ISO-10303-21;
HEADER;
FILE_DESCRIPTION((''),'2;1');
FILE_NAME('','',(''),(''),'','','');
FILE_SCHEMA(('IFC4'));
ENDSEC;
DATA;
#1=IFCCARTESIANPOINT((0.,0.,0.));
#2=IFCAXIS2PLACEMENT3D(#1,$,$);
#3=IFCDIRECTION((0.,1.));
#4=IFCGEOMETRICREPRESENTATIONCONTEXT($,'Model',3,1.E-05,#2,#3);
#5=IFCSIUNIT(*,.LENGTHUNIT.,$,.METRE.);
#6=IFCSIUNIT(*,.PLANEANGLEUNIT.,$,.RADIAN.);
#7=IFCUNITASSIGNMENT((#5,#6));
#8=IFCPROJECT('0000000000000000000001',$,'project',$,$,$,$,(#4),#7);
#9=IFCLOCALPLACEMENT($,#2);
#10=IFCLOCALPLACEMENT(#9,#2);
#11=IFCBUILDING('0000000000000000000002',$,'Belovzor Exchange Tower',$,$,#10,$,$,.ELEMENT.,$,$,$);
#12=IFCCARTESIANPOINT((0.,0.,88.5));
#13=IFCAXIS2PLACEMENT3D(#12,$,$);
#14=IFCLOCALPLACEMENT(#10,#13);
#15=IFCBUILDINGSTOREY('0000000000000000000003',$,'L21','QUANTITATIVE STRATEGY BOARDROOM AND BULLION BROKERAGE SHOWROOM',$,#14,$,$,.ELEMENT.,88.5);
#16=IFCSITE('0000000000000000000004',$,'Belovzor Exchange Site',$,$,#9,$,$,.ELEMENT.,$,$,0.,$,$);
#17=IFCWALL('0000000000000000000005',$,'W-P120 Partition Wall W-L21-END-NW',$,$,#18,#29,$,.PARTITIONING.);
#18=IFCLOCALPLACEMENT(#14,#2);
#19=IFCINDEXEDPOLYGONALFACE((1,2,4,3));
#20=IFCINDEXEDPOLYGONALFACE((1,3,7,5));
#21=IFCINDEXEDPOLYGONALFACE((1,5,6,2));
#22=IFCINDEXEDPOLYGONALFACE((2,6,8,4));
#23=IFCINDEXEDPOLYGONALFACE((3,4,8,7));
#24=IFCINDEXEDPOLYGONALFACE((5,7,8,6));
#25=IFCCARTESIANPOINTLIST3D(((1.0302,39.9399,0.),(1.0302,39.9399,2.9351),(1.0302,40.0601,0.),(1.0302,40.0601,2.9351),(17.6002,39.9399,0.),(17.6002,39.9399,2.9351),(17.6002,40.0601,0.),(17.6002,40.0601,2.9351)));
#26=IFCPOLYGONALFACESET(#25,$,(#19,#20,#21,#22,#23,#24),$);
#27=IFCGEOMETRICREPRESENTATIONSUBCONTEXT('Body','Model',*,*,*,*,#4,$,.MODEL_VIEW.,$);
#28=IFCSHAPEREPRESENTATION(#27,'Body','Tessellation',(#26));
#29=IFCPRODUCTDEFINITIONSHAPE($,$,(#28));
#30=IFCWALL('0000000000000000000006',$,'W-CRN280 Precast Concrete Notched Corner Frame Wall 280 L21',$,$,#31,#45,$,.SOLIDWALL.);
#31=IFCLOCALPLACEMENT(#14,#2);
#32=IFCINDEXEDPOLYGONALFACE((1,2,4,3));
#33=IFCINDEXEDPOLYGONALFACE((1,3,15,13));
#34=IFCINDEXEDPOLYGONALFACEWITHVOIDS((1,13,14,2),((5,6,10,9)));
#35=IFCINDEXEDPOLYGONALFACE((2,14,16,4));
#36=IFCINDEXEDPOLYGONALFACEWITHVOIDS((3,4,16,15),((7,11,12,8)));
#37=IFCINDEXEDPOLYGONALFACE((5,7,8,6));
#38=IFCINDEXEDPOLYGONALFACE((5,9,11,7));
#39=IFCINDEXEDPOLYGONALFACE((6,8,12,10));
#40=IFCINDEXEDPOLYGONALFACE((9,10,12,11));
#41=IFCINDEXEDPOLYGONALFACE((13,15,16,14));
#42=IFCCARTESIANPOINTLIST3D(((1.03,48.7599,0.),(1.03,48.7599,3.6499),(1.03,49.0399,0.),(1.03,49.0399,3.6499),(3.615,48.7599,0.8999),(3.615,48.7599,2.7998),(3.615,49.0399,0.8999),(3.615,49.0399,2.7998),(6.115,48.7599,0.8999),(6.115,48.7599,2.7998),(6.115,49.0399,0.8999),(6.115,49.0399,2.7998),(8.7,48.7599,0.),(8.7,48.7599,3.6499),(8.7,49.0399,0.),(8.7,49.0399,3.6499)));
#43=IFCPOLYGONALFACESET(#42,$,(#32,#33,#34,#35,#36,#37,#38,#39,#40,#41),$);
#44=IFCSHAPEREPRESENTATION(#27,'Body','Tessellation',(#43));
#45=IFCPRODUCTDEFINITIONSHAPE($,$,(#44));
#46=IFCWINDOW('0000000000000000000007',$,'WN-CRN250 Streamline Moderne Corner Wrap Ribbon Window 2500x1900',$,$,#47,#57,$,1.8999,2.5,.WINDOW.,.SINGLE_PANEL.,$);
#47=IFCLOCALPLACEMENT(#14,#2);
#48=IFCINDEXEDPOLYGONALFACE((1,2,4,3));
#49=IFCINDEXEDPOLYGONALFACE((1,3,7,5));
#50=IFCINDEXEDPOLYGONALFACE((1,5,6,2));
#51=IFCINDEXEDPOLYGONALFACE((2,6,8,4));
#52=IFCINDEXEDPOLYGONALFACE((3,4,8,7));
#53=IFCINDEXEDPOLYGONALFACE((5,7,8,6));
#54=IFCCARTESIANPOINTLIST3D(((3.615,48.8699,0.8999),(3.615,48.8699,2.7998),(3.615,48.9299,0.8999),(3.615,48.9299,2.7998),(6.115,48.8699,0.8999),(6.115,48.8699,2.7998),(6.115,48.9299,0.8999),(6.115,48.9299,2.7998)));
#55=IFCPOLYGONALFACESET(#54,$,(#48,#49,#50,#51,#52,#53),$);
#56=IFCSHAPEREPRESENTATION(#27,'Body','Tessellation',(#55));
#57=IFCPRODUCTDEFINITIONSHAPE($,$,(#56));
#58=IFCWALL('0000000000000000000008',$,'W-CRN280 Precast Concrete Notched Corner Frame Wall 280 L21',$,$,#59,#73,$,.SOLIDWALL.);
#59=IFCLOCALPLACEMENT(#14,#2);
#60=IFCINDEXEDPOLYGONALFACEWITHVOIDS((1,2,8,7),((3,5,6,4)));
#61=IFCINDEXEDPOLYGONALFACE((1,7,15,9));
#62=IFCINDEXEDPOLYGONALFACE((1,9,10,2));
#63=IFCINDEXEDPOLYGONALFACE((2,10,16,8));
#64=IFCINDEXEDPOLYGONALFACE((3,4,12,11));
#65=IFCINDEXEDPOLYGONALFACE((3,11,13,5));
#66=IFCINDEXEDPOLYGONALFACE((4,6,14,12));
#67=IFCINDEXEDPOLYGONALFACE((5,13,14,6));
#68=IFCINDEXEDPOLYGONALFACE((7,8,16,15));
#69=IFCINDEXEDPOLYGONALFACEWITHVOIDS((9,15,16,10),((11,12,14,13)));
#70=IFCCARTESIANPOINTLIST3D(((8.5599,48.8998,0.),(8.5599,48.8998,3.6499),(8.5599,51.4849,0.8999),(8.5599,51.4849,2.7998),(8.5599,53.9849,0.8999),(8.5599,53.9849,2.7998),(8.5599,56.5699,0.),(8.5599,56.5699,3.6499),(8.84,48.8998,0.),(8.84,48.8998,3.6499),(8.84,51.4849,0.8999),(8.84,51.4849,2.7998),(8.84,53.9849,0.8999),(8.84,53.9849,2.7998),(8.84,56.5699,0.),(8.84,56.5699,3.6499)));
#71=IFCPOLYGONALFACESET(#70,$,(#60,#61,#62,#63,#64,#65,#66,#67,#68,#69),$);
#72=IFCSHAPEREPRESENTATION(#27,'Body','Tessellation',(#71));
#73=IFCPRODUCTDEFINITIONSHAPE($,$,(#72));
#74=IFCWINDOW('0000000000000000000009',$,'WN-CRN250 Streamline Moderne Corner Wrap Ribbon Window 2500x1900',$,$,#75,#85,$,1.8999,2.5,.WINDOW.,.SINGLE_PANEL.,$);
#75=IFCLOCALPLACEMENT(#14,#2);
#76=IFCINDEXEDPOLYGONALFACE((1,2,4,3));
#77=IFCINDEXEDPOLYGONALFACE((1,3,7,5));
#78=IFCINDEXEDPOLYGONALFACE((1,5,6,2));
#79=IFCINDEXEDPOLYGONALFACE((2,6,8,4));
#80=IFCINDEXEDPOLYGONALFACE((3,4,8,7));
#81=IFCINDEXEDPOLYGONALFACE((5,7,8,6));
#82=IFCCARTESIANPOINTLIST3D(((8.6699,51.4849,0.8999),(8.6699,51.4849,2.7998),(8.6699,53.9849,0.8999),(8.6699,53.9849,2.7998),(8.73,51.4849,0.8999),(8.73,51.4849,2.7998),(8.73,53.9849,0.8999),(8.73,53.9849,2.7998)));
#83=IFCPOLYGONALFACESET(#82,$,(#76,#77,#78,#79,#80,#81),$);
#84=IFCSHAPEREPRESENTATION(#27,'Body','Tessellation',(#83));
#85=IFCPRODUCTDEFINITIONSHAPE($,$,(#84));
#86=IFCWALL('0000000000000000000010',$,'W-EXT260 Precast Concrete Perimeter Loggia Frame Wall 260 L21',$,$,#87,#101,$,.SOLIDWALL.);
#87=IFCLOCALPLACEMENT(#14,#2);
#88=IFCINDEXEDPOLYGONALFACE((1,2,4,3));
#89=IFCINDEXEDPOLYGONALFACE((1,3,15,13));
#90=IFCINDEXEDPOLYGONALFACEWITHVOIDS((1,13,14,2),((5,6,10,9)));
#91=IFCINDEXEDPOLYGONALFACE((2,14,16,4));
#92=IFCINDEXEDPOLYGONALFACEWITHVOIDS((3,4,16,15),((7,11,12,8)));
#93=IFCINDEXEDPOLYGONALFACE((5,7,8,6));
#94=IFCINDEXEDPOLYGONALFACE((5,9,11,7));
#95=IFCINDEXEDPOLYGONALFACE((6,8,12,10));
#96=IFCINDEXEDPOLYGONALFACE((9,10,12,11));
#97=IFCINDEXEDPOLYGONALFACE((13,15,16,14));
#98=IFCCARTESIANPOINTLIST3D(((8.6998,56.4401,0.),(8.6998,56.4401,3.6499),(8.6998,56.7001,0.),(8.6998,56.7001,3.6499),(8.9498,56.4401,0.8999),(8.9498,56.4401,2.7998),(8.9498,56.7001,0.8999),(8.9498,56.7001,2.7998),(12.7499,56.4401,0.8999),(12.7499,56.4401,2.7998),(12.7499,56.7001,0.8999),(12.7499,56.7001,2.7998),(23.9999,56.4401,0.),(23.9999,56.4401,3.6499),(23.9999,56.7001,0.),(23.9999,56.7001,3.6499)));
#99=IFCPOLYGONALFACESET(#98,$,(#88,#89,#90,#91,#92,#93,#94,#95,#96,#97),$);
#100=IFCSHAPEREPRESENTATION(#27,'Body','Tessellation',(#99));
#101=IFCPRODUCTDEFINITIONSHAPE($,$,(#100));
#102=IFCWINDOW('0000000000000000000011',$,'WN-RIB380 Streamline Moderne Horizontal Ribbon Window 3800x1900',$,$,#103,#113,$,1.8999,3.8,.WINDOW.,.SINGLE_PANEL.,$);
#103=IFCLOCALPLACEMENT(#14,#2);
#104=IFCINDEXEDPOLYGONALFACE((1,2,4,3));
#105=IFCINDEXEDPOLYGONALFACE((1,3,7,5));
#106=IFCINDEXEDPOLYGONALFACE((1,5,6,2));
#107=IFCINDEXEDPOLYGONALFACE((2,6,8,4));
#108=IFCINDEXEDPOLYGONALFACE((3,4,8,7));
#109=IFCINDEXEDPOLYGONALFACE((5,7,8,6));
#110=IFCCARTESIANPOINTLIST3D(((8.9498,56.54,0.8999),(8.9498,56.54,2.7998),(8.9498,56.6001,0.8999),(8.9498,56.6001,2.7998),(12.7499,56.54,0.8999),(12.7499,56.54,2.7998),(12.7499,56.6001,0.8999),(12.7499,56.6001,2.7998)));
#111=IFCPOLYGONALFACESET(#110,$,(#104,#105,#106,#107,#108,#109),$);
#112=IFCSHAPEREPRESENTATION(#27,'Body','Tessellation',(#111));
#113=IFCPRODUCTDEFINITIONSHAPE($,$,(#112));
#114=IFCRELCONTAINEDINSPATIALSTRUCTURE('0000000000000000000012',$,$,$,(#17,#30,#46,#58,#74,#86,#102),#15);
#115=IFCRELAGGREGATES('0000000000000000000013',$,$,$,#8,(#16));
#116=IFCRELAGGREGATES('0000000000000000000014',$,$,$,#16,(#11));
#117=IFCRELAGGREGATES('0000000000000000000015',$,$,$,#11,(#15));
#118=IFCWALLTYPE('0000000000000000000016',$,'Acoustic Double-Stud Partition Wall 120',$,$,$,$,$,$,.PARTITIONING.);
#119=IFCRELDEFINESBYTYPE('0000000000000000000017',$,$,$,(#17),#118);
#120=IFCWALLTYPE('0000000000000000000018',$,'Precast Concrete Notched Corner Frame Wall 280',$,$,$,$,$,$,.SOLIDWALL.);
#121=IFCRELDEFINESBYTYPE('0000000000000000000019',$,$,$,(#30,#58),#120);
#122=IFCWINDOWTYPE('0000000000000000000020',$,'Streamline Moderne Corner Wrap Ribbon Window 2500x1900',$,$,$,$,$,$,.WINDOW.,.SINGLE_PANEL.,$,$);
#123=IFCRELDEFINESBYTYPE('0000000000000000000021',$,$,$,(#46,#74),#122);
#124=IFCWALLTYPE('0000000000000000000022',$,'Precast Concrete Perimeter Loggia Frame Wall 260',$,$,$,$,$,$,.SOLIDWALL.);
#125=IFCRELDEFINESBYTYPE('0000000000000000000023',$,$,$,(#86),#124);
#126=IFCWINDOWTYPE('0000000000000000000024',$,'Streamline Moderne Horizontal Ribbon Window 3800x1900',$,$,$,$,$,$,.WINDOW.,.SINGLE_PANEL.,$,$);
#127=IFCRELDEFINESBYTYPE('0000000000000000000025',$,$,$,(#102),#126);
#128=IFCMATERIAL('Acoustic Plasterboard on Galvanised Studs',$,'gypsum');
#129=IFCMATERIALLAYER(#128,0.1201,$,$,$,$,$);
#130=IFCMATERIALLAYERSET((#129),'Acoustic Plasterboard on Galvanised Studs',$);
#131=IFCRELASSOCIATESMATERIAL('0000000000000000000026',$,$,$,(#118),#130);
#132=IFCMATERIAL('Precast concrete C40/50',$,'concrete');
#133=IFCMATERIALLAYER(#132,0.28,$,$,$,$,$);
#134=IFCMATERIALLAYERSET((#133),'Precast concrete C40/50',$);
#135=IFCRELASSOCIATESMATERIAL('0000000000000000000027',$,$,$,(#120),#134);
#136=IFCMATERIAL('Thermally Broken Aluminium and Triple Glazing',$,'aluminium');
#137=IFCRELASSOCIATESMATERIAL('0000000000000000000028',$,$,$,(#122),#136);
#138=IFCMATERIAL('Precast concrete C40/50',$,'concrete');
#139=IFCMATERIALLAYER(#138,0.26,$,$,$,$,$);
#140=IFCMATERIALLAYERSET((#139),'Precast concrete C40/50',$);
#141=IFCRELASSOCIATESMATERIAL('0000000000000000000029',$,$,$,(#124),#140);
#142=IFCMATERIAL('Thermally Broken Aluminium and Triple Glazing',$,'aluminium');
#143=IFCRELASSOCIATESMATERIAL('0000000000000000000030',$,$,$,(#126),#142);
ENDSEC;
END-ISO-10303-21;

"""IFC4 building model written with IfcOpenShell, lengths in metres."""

from ifc_helpers import new_model, si_unit, direction, frame, frame_2d, origin, place, context, subcontext, project, spatial, rectangle, extrude, material, layer, layer_set, type_object, element, fill, save


model = new_model("IFC4")

# Units and contexts
model_context = context("Model", 3, precision=1e-05, world=origin(), true_north=direction((0.0, 1.0)))
body_context = subcontext(model_context, "Body", "Model", "MODEL_VIEW")
ifc_project = project(units=[si_unit("LENGTHUNIT", "METRE"), si_unit("PLANEANGLEUNIT", "RADIAN")], contexts=[model_context])

# Site, building, storey
site_placement = place(None, origin())
site = spatial("IfcSite", under=ifc_project, at=site_placement, Name="Belovzor Exchange Site", CompositionType="ELEMENT", RefElevation=0.0)
building_placement = place(site_placement, origin())
building = spatial("IfcBuilding", under=site, at=building_placement, Name="Belovzor Exchange Tower", CompositionType="ELEMENT")
storey_placement = place(building_placement, frame((0.0, 0.0, 88.5)))
storey = spatial("IfcBuildingStorey", under=building, at=storey_placement, Name="L21", Description="QUANTITATIVE STRATEGY BOARDROOM AND BULLION BROKERAGE SHOWROOM", CompositionType="ELEMENT", Elevation=88.5)

# Wall
ifc_material_1 = material(Name="Acoustic Plasterboard on Galvanised Studs", Category="gypsum")
ifc_layer_1 = layer(ifc_material_1, 0.1201)
ifc_layer_set_1 = layer_set([ifc_layer_1], Name="Acoustic Plasterboard on Galvanised Studs")
wall_type_1 = type_object("IfcWallType", Name="Acoustic Double-Stud Partition Wall 120", PredefinedType="PARTITIONING", material=ifc_layer_set_1)
wall_1_placement = place(storey_placement, frame((1.03, 40.0, 0.0), z_axis=(0.0, 0.0, 1.0), x_axis=(1.0, 0.0, 0.0)))
element("IfcWall", 1, at=wall_1_placement, inside=storey, type_object=wall_type_1, Name="W-P120 Partition Wall W-L21-END-NW", PredefinedType="PARTITIONING", context=body_context, shape_type="SweptSolid", body=[
    extrude(rectangle(XDim=16.5701, YDim=0.1201, at=frame_2d((8.2852, 0.0))), origin(), (0.0, 0.0, 1.0), 2.9351),
])

# Walls, openings, windows
ifc_material_2 = material(Name="Precast concrete C40/50", Category="concrete")
ifc_layer_2 = layer(ifc_material_2, 0.28)
ifc_layer_set_2 = layer_set([ifc_layer_2], Name="Precast concrete C40/50")
wall_type_2 = type_object("IfcWallType", Name="Precast Concrete Notched Corner Frame Wall 280", PredefinedType="SOLIDWALL", material=ifc_layer_set_2)
wall_2_placement = place(storey_placement, frame((1.03, 48.8999, 0.0), z_axis=(0.0, 0.0, 1.0), x_axis=(1.0, 0.0, 0.0)))
wall_2 = element("IfcWall", 2, at=wall_2_placement, inside=storey, type_object=wall_type_2, Name="W-CRN280 Precast Concrete Notched Corner Frame Wall 280 L21", PredefinedType="SOLIDWALL", context=body_context, shape_type="SweptSolid", body=[
    extrude(rectangle(XDim=7.6699, YDim=0.28, at=frame_2d((3.835, 0.0))), origin(), (0.0, 0.0, 1.0), 3.6499),
])
opening_1_placement = place(wall_2_placement, frame((2.585, 0.0, 0.8999)))
opening_1 = element("IfcOpeningElement", 3, at=opening_1_placement, cuts=wall_2, PredefinedType="OPENING", context=body_context, shape_type="SweptSolid", body=[
    extrude(rectangle(XDim=2.5, YDim=1.8999, at=frame_2d((1.25, 0.95))), frame((0.0, 0.1499, 0.0), z_axis=(0.0, -1.0, 0.0), x_axis=(1.0, 0.0, 0.0)), (0.0, 0.0, 1.0), 0.3),
])
ifc_material_3 = material(Name="Thermally Broken Aluminium and Triple Glazing", Category="aluminium")
window_type_1 = type_object("IfcWindowType", Name="Streamline Moderne Corner Wrap Ribbon Window 2500x1900", PartitioningType="SINGLE_PANEL", PredefinedType="WINDOW", material=ifc_material_3)
window_1_placement = place(opening_1_placement, origin())
window_1 = element("IfcWindow", 4, at=window_1_placement, inside=storey, type_object=window_type_1, Name="WN-CRN250 Streamline Moderne Corner Wrap Ribbon Window 2500x1900", OverallHeight=1.8999, OverallWidth=2.5, PartitioningType="SINGLE_PANEL", PredefinedType="WINDOW", context=body_context, shape_type="SweptSolid", body=[
    extrude(rectangle(XDim=2.5, YDim=1.8999, at=frame_2d((1.25, 0.95))), frame((0.0, 0.03, 0.0), z_axis=(0.0, -1.0, 0.0), x_axis=(1.0, 0.0, 0.0)), (0.0, 0.0, 1.0), 0.0601),
])
fill(opening_1, window_1)
wall_3_placement = place(storey_placement, frame((8.7, 48.8999, 0.0), z_axis=(0.0, 0.0, 1.0), x_axis=(0.0, 1.0, 0.0)))
wall_3 = element("IfcWall", 5, at=wall_3_placement, inside=storey, type_object=wall_type_2, Name="W-CRN280 Precast Concrete Notched Corner Frame Wall 280 L21", PredefinedType="SOLIDWALL", context=body_context, shape_type="SweptSolid", body=[
    extrude(rectangle(XDim=7.6702, YDim=0.28, at=frame_2d((3.835, 0.0))), origin(), (0.0, 0.0, 1.0), 3.6499),
])
opening_2_placement = place(wall_3_placement, frame((2.585, 0.0, 0.8999)))
opening_2 = element("IfcOpeningElement", 6, at=opening_2_placement, cuts=wall_3, PredefinedType="OPENING", context=body_context, shape_type="SweptSolid", body=[
    extrude(rectangle(XDim=2.5, YDim=1.8999, at=frame_2d((1.25, 0.95))), frame((0.0, 0.1499, 0.0), z_axis=(0.0, -1.0, 0.0), x_axis=(1.0, 0.0, 0.0)), (0.0, 0.0, 1.0), 0.3),
])
window_2_placement = place(opening_2_placement, origin())
window_2 = element("IfcWindow", 7, at=window_2_placement, inside=storey, type_object=window_type_1, Name="WN-CRN250 Streamline Moderne Corner Wrap Ribbon Window 2500x1900", OverallHeight=1.8999, OverallWidth=2.5, PartitioningType="SINGLE_PANEL", PredefinedType="WINDOW", context=body_context, shape_type="SweptSolid", body=[
    extrude(rectangle(XDim=2.5, YDim=1.8999, at=frame_2d((1.25, 0.95))), frame((0.0, 0.03, 0.0), z_axis=(0.0, -1.0, 0.0), x_axis=(1.0, 0.0, 0.0)), (0.0, 0.0, 1.0), 0.0601),
])
fill(opening_2, window_2)
ifc_material_4 = material(Name="Precast concrete C40/50", Category="concrete")
ifc_layer_3 = layer(ifc_material_4, 0.26)
ifc_layer_set_3 = layer_set([ifc_layer_3], Name="Precast concrete C40/50")
wall_type_3 = type_object("IfcWallType", Name="Precast Concrete Perimeter Loggia Frame Wall 260", PredefinedType="SOLIDWALL", material=ifc_layer_set_3)
wall_4_placement = place(storey_placement, frame((8.7, 56.5701, 0.0), z_axis=(0.0, 0.0, 1.0), x_axis=(1.0, 0.0, 0.0)))
wall_4 = element("IfcWall", 8, at=wall_4_placement, inside=storey, type_object=wall_type_3, Name="W-EXT260 Precast Concrete Perimeter Loggia Frame Wall 260 L21", PredefinedType="SOLIDWALL", context=body_context, shape_type="SweptSolid", body=[
    extrude(rectangle(XDim=15.3, YDim=0.26, at=frame_2d((7.6499, 0.0))), origin(), (0.0, 0.0, 1.0), 3.6499),
])
opening_3_placement = place(wall_4_placement, frame((0.25, 0.0, 0.8999)))
opening_3 = element("IfcOpeningElement", 9, at=opening_3_placement, cuts=wall_4, PredefinedType="OPENING", context=body_context, shape_type="SweptSolid", body=[
    extrude(rectangle(XDim=3.8, YDim=1.8999, at=frame_2d((1.8999, 0.95))), frame((0.0, 0.1399, 0.0), z_axis=(0.0, -1.0, 0.0), x_axis=(1.0, 0.0, 0.0)), (0.0, 0.0, 1.0), 0.28),
])
ifc_material_5 = material(Name="Thermally Broken Aluminium and Triple Glazing", Category="aluminium")
window_type_2 = type_object("IfcWindowType", Name="Streamline Moderne Horizontal Ribbon Window 3800x1900", PartitioningType="SINGLE_PANEL", PredefinedType="WINDOW", material=ifc_material_5)
window_3_placement = place(opening_3_placement, origin())
window_3 = element("IfcWindow", 10, at=window_3_placement, inside=storey, type_object=window_type_2, Name="WN-RIB380 Streamline Moderne Horizontal Ribbon Window 3800x1900", OverallHeight=1.8999, OverallWidth=3.8, PartitioningType="SINGLE_PANEL", PredefinedType="WINDOW", context=body_context, shape_type="SweptSolid", body=[
    extrude(rectangle(XDim=3.8, YDim=1.8999, at=frame_2d((1.8999, 0.95))), frame((0.0, 0.03, 0.0), z_axis=(0.0, -1.0, 0.0), x_axis=(1.0, 0.0, 0.0)), (0.0, 0.0, 1.0), 0.0601),
])
fill(opening_3, window_3)

save(model, "model.ifc")
